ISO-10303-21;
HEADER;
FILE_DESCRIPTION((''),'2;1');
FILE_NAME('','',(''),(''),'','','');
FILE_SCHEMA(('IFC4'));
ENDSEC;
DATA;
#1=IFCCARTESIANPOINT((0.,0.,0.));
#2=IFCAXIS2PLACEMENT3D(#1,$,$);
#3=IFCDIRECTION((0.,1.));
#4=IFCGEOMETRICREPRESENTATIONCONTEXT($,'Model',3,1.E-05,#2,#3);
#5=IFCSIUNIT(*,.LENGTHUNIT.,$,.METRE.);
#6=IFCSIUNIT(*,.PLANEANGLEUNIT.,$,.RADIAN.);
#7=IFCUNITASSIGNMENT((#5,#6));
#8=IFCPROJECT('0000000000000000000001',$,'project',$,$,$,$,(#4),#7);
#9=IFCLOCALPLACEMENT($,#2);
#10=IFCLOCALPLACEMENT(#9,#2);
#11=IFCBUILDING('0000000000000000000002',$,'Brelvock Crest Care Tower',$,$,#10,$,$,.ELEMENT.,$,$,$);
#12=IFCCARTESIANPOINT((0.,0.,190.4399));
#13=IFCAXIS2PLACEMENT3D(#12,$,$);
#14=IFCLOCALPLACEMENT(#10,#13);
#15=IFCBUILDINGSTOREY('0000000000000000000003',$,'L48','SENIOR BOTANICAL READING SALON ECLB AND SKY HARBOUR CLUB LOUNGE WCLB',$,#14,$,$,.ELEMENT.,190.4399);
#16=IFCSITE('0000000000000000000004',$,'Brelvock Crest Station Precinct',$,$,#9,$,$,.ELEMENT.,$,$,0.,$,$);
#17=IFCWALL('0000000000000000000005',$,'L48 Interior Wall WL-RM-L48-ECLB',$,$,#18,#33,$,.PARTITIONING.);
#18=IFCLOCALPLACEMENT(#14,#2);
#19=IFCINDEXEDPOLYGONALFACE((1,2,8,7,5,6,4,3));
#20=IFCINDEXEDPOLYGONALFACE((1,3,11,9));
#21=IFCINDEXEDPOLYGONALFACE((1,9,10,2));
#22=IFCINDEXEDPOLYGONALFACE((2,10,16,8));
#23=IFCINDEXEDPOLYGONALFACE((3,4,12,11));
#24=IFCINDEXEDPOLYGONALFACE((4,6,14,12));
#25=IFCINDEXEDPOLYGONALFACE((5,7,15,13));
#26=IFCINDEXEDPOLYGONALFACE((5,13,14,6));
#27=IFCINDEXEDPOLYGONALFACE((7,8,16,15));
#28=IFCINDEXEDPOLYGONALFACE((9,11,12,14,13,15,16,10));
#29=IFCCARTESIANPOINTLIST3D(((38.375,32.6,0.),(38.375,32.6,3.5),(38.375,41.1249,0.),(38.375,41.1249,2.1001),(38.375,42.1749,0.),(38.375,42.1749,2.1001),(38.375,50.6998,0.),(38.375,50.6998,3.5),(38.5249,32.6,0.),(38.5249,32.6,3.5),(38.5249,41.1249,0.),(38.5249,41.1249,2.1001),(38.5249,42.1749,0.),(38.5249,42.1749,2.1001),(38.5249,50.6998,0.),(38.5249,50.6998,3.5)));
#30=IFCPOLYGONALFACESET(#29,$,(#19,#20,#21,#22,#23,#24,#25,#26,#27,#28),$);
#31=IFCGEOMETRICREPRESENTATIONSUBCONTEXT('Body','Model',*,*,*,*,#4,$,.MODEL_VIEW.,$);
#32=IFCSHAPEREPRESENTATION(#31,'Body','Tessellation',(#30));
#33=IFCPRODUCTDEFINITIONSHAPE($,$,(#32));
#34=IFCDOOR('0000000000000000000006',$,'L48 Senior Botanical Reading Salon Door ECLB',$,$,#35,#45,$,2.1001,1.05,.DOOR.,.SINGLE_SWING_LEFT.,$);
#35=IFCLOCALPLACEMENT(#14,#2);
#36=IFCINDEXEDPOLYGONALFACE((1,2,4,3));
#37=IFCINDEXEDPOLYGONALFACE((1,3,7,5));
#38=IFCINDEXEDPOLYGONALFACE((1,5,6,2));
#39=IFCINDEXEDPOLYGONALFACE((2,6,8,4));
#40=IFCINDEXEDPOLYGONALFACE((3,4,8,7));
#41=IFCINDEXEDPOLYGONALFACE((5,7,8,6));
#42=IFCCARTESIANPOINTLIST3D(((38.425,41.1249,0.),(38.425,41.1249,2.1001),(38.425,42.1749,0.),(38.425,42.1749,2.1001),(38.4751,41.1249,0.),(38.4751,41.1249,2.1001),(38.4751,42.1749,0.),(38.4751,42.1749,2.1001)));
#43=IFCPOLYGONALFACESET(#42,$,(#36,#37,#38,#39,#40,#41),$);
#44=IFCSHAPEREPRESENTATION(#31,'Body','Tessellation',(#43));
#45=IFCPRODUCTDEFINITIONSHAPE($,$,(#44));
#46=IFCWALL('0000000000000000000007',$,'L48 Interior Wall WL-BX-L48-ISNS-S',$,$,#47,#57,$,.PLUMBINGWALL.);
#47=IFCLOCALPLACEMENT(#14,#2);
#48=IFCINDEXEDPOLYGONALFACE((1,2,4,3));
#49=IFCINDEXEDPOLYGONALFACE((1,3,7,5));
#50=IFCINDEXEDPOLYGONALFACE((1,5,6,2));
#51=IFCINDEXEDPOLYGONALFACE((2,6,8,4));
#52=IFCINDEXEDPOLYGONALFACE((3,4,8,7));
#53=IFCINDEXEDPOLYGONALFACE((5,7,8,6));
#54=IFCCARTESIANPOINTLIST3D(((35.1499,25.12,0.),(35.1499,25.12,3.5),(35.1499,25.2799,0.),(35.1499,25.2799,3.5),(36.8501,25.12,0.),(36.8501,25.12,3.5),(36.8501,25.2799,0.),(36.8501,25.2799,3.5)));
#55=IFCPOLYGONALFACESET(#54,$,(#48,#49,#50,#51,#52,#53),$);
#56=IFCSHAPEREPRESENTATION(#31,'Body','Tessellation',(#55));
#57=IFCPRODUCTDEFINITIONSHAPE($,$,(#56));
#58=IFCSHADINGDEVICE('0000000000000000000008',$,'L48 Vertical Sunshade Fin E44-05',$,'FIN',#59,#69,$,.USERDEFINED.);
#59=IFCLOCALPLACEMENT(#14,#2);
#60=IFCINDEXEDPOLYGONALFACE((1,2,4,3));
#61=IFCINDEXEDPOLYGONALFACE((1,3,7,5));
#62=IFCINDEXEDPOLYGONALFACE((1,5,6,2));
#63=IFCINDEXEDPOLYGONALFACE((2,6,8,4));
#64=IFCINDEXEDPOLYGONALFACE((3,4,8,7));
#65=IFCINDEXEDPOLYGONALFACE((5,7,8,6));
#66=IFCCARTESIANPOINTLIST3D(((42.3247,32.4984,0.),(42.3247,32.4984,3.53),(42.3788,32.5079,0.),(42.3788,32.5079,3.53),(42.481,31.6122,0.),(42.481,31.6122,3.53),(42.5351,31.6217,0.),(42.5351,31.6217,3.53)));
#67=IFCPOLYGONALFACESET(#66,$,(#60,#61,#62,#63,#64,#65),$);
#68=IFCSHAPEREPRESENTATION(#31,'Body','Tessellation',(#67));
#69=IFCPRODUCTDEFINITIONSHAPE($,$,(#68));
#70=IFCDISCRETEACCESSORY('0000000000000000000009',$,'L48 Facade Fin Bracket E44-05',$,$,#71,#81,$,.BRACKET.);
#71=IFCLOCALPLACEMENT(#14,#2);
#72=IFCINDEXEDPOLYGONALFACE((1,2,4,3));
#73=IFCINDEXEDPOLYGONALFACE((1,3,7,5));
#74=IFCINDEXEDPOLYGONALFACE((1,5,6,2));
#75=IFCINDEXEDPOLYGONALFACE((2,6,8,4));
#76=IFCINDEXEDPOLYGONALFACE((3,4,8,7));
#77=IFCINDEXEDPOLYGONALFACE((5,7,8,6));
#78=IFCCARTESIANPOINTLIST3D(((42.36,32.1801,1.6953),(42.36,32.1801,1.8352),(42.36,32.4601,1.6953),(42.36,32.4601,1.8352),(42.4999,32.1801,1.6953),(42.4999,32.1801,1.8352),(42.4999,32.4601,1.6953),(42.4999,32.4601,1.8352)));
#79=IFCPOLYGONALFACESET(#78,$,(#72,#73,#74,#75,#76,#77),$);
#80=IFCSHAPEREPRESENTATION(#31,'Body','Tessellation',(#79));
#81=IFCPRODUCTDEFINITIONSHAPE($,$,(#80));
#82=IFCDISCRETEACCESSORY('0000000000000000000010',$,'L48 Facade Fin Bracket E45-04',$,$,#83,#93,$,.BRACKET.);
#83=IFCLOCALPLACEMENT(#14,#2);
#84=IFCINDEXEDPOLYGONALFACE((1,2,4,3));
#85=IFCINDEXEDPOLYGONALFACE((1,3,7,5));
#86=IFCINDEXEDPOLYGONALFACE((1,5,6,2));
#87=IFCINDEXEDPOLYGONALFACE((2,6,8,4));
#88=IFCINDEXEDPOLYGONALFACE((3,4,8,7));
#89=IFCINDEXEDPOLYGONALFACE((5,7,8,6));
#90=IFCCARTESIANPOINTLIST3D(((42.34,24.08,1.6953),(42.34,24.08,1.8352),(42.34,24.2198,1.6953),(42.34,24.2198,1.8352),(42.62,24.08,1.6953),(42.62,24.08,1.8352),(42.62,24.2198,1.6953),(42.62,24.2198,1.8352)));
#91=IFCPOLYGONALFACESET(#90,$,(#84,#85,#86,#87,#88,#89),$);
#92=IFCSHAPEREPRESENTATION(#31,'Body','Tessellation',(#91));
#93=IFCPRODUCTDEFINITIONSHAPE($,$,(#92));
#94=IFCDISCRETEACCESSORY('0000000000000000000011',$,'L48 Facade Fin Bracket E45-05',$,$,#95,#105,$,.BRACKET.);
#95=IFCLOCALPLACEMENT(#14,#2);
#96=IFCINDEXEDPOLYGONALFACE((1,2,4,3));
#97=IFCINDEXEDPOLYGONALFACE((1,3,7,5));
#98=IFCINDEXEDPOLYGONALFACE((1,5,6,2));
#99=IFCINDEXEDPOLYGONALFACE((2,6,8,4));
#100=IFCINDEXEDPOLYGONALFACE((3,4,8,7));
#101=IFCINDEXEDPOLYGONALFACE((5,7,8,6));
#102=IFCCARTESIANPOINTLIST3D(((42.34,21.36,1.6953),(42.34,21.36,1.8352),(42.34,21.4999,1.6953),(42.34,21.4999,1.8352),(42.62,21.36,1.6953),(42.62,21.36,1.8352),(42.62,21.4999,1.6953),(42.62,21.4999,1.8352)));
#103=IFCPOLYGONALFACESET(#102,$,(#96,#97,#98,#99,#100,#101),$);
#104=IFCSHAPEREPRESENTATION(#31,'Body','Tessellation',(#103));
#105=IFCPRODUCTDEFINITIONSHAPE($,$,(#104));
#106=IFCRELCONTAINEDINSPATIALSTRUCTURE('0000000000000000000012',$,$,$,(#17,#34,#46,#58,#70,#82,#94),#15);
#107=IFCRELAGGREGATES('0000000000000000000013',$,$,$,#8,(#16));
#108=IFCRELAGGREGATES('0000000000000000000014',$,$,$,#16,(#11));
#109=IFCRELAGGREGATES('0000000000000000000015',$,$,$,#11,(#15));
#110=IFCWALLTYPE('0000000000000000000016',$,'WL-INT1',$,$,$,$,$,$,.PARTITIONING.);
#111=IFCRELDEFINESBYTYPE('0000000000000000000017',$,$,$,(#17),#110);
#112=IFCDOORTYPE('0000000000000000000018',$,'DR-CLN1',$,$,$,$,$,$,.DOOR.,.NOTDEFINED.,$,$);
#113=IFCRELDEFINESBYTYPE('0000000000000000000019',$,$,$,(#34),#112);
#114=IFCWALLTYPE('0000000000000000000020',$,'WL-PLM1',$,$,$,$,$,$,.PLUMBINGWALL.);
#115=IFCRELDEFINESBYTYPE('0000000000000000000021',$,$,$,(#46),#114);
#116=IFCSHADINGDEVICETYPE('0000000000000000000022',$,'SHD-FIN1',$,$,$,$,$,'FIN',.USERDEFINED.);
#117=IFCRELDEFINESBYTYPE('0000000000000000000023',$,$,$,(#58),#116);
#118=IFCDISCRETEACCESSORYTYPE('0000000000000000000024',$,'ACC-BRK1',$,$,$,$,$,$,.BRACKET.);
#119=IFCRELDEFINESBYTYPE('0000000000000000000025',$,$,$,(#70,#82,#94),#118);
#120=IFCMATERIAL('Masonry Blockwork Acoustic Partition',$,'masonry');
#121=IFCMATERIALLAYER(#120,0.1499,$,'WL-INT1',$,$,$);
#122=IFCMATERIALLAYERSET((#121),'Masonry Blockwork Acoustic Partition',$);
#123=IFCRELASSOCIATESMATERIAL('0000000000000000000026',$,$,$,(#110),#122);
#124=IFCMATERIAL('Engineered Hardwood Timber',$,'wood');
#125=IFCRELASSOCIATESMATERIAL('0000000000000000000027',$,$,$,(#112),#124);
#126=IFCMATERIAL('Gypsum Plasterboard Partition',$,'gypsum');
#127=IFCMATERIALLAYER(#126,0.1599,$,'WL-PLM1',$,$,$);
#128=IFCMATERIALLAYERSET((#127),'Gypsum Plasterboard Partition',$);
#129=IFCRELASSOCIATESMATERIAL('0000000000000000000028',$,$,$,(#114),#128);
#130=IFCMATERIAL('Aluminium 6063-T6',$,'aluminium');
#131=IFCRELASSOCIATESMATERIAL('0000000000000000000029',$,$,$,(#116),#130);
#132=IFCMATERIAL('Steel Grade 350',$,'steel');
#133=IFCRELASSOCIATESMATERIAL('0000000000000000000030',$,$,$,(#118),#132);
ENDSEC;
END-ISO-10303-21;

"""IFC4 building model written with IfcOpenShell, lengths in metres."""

from ifc_helpers import new_model, si_unit, direction, frame, frame_2d, origin, origin_2d, place, context, subcontext, project, spatial, rectangle, extrude, source, transform, mapped, material, layer, layer_set, material_profile, profile_set, type_object, element, fill, save


model = new_model("IFC4")

# Units and contexts
model_context = context("Model", 3, precision=1e-05, world=origin(), true_north=direction((0.0, 1.0)))
body_context = subcontext(model_context, "Body", "Model", "MODEL_VIEW")
ifc_project = project(units=[si_unit("LENGTHUNIT", "METRE"), si_unit("PLANEANGLEUNIT", "RADIAN")], contexts=[model_context])

# Site, building, storey
site_placement = place(None, origin())
site = spatial("IfcSite", under=ifc_project, at=site_placement, Name="Brelvock Crest Station Precinct", CompositionType="ELEMENT", RefElevation=0.0)
building_placement = place(site_placement, origin())
building = spatial("IfcBuilding", under=site, at=building_placement, Name="Brelvock Crest Care Tower", CompositionType="ELEMENT")
storey_placement = place(building_placement, frame((0.0, 0.0, 190.4399)))
storey = spatial("IfcBuildingStorey", under=building, at=storey_placement, Name="L48", Description="SENIOR BOTANICAL READING SALON ECLB AND SKY HARBOUR CLUB LOUNGE WCLB", CompositionType="ELEMENT", Elevation=190.4399)

# Shared definitions
ifc_material_1 = material(Name="Steel Grade 350", Category="steel")

# Shared definitions
ifc_material_2 = material(Name="Aluminium 6063-T6", Category="aluminium")

# Shared definitions
ifc_material_3 = material(Name="Masonry Blockwork Acoustic Partition", Category="masonry")
ifc_layer_1 = layer(ifc_material_3, 0.1499, Name="WL-INT1")
ifc_layer_set_1 = layer_set([ifc_layer_1], Name="Masonry Blockwork Acoustic Partition")
wall_type_1 = type_object("IfcWallType", Name="WL-INT1", PredefinedType="PARTITIONING", material=ifc_layer_set_1)

# Shared definitions
ifc_material_4 = material(Name="Engineered Hardwood Timber", Category="wood")
door_type = type_object("IfcDoorType", Name="DR-CLN1", OperationType="NOTDEFINED", PredefinedType="DOOR", material=ifc_material_4)
shared_shape_1 = source(origin(), body_context, "Body", "SweptSolid", [
    extrude(rectangle(XDim=1.05, YDim=2.1001, at=origin_2d()), frame((0.5249, 0.0249, 1.05), z_axis=(0.0, -1.0, 0.0), x_axis=(1.0, 0.0, 0.0)), (0.0, 0.0, 1.0), 0.05),
])

# Wall, opening, door
wall_1_placement = place(storey_placement, frame((38.45, 32.6001, 0.0), z_axis=(0.0, 0.0, 1.0), x_axis=(0.0, 1.0, 0.0)))
wall_1 = element("IfcWall", 1, at=wall_1_placement, inside=storey, type_object=wall_type_1, Name="L48 Interior Wall WL-RM-L48-ECLB", PredefinedType="PARTITIONING", context=body_context, shape_type="SweptSolid", body=[
    extrude(rectangle(XDim=18.0999, YDim=0.1499, at=frame_2d((9.0498, 0.0))), origin(), (0.0, 0.0, 1.0), 3.5),
])
opening_1_placement = place(wall_1_placement, frame((8.5249, 0.0, 0.0)))
opening_1 = element("IfcOpeningElement", 2, at=opening_1_placement, cuts=wall_1, PredefinedType="OPENING", context=body_context, shape_type="SweptSolid", body=[
    extrude(rectangle(XDim=1.05, YDim=2.1001, at=origin_2d()), frame((0.5249, 0.085, 1.05), z_axis=(0.0, -1.0, 0.0), x_axis=(1.0, 0.0, 0.0)), (0.0, 0.0, 1.0), 0.1699),
])
door_1_placement = place(opening_1_placement, origin())
door_1 = element("IfcDoor", 3, at=door_1_placement, inside=storey, type_object=door_type, Name="L48 Senior Botanical Reading Salon Door ECLB", OperationType="SINGLE_SWING_LEFT", OverallHeight=2.1001, OverallWidth=1.05, PredefinedType="DOOR", context=body_context, shape_type="MappedRepresentation", body=[
    mapped(shared_shape_1, transform((0.0, 0.0, 0.0), x_axis=(1.0, 0.0, 0.0), y_axis=(0.0, 1.0, 0.0), z_axis=(0.0, 0.0, 1.0), scale=1.0)),
])
fill(opening_1, door_1)

# Wall
ifc_material_5 = material(Name="Gypsum Plasterboard Partition", Category="gypsum")
ifc_layer_2 = layer(ifc_material_5, 0.1599, Name="WL-PLM1")
ifc_layer_set_2 = layer_set([ifc_layer_2], Name="Gypsum Plasterboard Partition")
wall_type_2 = type_object("IfcWallType", Name="WL-PLM1", PredefinedType="PLUMBINGWALL", material=ifc_layer_set_2)
wall_2_placement = place(storey_placement, frame((35.1499, 25.2, 0.0), z_axis=(0.0, 0.0, 1.0), x_axis=(1.0, 0.0, 0.0)))
element("IfcWall", 4, at=wall_2_placement, inside=storey, type_object=wall_type_2, Name="L48 Interior Wall WL-BX-L48-ISNS-S", PredefinedType="PLUMBINGWALL", context=body_context, shape_type="SweptSolid", body=[
    extrude(rectangle(XDim=1.7002, YDim=0.1599, at=frame_2d((0.8501, 0.0))), origin(), (0.0, 0.0, 1.0), 3.5),
])

# Shading device
ifc_material_profile_1 = material_profile(ifc_material_2, rectangle(XDim=0.0549, YDim=0.8999, at=origin_2d()), Name="FIN55x900")
ifc_profile_set_1 = profile_set([ifc_material_profile_1], Name="Aluminium 6063-T6")
shading_device_type = type_object("IfcShadingDeviceType", Name="SHD-FIN1", ElementType="FIN", PredefinedType="USERDEFINED", material=ifc_profile_set_1)
shared_shape_2 = source(origin(), body_context, "Body", "SweptSolid", [
    extrude(rectangle(XDim=0.0549, YDim=0.8999, at=origin_2d()), origin(), (0.0, 0.0, 1.0), 3.53),
])
shading_device_placement = place(storey_placement, frame((42.4299, 32.0601, 0.0), z_axis=(0.0, 0.0, 1.0), x_axis=(-0.984808, -0.173648, 0.0)))
element("IfcShadingDevice", 5, at=shading_device_placement, inside=storey, type_object=shading_device_type, Name="L48 Vertical Sunshade Fin E44-05", ObjectType="FIN", PredefinedType="USERDEFINED", context=body_context, shape_type="MappedRepresentation", body=[
    mapped(shared_shape_2, transform((0.0, 0.0, 0.0), x_axis=(1.0, 0.0, 0.0), y_axis=(0.0, 1.0, 0.0), z_axis=(0.0, 0.0, 1.0), scale=1.0)),
])

# Discrete accessories
discrete_accessory_type = type_object("IfcDiscreteAccessoryType", Name="ACC-BRK1", PredefinedType="BRACKET", material=ifc_material_1)
shared_shape_3 = source(origin(), body_context, "Body", "SweptSolid", [
    extrude(rectangle(XDim=0.28, YDim=0.1399, at=origin_2d()), origin(), (0.0, 0.0, 1.0), 0.1399),
])
for number, where, z_axis, x_axis, name in (
    (6, (42.4299, 32.3201, 1.6953), (0.0, 0.0, 1.0), (0.0, -1.0, 0.0), "L48 Facade Fin Bracket E44-05"),
    (7, (42.48, 24.1499, 1.6953), (0.0, 0.0, 1.0), (1.0, 0.0, 0.0), "L48 Facade Fin Bracket E45-04"),
    (8, (42.48, 21.4299, 1.6953), (0.0, 0.0, 1.0), (1.0, 0.0, 0.0), "L48 Facade Fin Bracket E45-05"),
):
    element("IfcDiscreteAccessory", number, at=place(storey_placement, frame(where, z_axis=z_axis, x_axis=x_axis)), inside=storey, type_object=discrete_accessory_type, Name=name, PredefinedType="BRACKET", context=body_context, shape_type="MappedRepresentation", body=[
        mapped(shared_shape_3, transform((0.0, 0.0, 0.0), x_axis=(1.0, 0.0, 0.0), y_axis=(0.0, 1.0, 0.0), z_axis=(0.0, 0.0, 1.0), scale=1.0)),
    ])

save(model, "model.ifc")
